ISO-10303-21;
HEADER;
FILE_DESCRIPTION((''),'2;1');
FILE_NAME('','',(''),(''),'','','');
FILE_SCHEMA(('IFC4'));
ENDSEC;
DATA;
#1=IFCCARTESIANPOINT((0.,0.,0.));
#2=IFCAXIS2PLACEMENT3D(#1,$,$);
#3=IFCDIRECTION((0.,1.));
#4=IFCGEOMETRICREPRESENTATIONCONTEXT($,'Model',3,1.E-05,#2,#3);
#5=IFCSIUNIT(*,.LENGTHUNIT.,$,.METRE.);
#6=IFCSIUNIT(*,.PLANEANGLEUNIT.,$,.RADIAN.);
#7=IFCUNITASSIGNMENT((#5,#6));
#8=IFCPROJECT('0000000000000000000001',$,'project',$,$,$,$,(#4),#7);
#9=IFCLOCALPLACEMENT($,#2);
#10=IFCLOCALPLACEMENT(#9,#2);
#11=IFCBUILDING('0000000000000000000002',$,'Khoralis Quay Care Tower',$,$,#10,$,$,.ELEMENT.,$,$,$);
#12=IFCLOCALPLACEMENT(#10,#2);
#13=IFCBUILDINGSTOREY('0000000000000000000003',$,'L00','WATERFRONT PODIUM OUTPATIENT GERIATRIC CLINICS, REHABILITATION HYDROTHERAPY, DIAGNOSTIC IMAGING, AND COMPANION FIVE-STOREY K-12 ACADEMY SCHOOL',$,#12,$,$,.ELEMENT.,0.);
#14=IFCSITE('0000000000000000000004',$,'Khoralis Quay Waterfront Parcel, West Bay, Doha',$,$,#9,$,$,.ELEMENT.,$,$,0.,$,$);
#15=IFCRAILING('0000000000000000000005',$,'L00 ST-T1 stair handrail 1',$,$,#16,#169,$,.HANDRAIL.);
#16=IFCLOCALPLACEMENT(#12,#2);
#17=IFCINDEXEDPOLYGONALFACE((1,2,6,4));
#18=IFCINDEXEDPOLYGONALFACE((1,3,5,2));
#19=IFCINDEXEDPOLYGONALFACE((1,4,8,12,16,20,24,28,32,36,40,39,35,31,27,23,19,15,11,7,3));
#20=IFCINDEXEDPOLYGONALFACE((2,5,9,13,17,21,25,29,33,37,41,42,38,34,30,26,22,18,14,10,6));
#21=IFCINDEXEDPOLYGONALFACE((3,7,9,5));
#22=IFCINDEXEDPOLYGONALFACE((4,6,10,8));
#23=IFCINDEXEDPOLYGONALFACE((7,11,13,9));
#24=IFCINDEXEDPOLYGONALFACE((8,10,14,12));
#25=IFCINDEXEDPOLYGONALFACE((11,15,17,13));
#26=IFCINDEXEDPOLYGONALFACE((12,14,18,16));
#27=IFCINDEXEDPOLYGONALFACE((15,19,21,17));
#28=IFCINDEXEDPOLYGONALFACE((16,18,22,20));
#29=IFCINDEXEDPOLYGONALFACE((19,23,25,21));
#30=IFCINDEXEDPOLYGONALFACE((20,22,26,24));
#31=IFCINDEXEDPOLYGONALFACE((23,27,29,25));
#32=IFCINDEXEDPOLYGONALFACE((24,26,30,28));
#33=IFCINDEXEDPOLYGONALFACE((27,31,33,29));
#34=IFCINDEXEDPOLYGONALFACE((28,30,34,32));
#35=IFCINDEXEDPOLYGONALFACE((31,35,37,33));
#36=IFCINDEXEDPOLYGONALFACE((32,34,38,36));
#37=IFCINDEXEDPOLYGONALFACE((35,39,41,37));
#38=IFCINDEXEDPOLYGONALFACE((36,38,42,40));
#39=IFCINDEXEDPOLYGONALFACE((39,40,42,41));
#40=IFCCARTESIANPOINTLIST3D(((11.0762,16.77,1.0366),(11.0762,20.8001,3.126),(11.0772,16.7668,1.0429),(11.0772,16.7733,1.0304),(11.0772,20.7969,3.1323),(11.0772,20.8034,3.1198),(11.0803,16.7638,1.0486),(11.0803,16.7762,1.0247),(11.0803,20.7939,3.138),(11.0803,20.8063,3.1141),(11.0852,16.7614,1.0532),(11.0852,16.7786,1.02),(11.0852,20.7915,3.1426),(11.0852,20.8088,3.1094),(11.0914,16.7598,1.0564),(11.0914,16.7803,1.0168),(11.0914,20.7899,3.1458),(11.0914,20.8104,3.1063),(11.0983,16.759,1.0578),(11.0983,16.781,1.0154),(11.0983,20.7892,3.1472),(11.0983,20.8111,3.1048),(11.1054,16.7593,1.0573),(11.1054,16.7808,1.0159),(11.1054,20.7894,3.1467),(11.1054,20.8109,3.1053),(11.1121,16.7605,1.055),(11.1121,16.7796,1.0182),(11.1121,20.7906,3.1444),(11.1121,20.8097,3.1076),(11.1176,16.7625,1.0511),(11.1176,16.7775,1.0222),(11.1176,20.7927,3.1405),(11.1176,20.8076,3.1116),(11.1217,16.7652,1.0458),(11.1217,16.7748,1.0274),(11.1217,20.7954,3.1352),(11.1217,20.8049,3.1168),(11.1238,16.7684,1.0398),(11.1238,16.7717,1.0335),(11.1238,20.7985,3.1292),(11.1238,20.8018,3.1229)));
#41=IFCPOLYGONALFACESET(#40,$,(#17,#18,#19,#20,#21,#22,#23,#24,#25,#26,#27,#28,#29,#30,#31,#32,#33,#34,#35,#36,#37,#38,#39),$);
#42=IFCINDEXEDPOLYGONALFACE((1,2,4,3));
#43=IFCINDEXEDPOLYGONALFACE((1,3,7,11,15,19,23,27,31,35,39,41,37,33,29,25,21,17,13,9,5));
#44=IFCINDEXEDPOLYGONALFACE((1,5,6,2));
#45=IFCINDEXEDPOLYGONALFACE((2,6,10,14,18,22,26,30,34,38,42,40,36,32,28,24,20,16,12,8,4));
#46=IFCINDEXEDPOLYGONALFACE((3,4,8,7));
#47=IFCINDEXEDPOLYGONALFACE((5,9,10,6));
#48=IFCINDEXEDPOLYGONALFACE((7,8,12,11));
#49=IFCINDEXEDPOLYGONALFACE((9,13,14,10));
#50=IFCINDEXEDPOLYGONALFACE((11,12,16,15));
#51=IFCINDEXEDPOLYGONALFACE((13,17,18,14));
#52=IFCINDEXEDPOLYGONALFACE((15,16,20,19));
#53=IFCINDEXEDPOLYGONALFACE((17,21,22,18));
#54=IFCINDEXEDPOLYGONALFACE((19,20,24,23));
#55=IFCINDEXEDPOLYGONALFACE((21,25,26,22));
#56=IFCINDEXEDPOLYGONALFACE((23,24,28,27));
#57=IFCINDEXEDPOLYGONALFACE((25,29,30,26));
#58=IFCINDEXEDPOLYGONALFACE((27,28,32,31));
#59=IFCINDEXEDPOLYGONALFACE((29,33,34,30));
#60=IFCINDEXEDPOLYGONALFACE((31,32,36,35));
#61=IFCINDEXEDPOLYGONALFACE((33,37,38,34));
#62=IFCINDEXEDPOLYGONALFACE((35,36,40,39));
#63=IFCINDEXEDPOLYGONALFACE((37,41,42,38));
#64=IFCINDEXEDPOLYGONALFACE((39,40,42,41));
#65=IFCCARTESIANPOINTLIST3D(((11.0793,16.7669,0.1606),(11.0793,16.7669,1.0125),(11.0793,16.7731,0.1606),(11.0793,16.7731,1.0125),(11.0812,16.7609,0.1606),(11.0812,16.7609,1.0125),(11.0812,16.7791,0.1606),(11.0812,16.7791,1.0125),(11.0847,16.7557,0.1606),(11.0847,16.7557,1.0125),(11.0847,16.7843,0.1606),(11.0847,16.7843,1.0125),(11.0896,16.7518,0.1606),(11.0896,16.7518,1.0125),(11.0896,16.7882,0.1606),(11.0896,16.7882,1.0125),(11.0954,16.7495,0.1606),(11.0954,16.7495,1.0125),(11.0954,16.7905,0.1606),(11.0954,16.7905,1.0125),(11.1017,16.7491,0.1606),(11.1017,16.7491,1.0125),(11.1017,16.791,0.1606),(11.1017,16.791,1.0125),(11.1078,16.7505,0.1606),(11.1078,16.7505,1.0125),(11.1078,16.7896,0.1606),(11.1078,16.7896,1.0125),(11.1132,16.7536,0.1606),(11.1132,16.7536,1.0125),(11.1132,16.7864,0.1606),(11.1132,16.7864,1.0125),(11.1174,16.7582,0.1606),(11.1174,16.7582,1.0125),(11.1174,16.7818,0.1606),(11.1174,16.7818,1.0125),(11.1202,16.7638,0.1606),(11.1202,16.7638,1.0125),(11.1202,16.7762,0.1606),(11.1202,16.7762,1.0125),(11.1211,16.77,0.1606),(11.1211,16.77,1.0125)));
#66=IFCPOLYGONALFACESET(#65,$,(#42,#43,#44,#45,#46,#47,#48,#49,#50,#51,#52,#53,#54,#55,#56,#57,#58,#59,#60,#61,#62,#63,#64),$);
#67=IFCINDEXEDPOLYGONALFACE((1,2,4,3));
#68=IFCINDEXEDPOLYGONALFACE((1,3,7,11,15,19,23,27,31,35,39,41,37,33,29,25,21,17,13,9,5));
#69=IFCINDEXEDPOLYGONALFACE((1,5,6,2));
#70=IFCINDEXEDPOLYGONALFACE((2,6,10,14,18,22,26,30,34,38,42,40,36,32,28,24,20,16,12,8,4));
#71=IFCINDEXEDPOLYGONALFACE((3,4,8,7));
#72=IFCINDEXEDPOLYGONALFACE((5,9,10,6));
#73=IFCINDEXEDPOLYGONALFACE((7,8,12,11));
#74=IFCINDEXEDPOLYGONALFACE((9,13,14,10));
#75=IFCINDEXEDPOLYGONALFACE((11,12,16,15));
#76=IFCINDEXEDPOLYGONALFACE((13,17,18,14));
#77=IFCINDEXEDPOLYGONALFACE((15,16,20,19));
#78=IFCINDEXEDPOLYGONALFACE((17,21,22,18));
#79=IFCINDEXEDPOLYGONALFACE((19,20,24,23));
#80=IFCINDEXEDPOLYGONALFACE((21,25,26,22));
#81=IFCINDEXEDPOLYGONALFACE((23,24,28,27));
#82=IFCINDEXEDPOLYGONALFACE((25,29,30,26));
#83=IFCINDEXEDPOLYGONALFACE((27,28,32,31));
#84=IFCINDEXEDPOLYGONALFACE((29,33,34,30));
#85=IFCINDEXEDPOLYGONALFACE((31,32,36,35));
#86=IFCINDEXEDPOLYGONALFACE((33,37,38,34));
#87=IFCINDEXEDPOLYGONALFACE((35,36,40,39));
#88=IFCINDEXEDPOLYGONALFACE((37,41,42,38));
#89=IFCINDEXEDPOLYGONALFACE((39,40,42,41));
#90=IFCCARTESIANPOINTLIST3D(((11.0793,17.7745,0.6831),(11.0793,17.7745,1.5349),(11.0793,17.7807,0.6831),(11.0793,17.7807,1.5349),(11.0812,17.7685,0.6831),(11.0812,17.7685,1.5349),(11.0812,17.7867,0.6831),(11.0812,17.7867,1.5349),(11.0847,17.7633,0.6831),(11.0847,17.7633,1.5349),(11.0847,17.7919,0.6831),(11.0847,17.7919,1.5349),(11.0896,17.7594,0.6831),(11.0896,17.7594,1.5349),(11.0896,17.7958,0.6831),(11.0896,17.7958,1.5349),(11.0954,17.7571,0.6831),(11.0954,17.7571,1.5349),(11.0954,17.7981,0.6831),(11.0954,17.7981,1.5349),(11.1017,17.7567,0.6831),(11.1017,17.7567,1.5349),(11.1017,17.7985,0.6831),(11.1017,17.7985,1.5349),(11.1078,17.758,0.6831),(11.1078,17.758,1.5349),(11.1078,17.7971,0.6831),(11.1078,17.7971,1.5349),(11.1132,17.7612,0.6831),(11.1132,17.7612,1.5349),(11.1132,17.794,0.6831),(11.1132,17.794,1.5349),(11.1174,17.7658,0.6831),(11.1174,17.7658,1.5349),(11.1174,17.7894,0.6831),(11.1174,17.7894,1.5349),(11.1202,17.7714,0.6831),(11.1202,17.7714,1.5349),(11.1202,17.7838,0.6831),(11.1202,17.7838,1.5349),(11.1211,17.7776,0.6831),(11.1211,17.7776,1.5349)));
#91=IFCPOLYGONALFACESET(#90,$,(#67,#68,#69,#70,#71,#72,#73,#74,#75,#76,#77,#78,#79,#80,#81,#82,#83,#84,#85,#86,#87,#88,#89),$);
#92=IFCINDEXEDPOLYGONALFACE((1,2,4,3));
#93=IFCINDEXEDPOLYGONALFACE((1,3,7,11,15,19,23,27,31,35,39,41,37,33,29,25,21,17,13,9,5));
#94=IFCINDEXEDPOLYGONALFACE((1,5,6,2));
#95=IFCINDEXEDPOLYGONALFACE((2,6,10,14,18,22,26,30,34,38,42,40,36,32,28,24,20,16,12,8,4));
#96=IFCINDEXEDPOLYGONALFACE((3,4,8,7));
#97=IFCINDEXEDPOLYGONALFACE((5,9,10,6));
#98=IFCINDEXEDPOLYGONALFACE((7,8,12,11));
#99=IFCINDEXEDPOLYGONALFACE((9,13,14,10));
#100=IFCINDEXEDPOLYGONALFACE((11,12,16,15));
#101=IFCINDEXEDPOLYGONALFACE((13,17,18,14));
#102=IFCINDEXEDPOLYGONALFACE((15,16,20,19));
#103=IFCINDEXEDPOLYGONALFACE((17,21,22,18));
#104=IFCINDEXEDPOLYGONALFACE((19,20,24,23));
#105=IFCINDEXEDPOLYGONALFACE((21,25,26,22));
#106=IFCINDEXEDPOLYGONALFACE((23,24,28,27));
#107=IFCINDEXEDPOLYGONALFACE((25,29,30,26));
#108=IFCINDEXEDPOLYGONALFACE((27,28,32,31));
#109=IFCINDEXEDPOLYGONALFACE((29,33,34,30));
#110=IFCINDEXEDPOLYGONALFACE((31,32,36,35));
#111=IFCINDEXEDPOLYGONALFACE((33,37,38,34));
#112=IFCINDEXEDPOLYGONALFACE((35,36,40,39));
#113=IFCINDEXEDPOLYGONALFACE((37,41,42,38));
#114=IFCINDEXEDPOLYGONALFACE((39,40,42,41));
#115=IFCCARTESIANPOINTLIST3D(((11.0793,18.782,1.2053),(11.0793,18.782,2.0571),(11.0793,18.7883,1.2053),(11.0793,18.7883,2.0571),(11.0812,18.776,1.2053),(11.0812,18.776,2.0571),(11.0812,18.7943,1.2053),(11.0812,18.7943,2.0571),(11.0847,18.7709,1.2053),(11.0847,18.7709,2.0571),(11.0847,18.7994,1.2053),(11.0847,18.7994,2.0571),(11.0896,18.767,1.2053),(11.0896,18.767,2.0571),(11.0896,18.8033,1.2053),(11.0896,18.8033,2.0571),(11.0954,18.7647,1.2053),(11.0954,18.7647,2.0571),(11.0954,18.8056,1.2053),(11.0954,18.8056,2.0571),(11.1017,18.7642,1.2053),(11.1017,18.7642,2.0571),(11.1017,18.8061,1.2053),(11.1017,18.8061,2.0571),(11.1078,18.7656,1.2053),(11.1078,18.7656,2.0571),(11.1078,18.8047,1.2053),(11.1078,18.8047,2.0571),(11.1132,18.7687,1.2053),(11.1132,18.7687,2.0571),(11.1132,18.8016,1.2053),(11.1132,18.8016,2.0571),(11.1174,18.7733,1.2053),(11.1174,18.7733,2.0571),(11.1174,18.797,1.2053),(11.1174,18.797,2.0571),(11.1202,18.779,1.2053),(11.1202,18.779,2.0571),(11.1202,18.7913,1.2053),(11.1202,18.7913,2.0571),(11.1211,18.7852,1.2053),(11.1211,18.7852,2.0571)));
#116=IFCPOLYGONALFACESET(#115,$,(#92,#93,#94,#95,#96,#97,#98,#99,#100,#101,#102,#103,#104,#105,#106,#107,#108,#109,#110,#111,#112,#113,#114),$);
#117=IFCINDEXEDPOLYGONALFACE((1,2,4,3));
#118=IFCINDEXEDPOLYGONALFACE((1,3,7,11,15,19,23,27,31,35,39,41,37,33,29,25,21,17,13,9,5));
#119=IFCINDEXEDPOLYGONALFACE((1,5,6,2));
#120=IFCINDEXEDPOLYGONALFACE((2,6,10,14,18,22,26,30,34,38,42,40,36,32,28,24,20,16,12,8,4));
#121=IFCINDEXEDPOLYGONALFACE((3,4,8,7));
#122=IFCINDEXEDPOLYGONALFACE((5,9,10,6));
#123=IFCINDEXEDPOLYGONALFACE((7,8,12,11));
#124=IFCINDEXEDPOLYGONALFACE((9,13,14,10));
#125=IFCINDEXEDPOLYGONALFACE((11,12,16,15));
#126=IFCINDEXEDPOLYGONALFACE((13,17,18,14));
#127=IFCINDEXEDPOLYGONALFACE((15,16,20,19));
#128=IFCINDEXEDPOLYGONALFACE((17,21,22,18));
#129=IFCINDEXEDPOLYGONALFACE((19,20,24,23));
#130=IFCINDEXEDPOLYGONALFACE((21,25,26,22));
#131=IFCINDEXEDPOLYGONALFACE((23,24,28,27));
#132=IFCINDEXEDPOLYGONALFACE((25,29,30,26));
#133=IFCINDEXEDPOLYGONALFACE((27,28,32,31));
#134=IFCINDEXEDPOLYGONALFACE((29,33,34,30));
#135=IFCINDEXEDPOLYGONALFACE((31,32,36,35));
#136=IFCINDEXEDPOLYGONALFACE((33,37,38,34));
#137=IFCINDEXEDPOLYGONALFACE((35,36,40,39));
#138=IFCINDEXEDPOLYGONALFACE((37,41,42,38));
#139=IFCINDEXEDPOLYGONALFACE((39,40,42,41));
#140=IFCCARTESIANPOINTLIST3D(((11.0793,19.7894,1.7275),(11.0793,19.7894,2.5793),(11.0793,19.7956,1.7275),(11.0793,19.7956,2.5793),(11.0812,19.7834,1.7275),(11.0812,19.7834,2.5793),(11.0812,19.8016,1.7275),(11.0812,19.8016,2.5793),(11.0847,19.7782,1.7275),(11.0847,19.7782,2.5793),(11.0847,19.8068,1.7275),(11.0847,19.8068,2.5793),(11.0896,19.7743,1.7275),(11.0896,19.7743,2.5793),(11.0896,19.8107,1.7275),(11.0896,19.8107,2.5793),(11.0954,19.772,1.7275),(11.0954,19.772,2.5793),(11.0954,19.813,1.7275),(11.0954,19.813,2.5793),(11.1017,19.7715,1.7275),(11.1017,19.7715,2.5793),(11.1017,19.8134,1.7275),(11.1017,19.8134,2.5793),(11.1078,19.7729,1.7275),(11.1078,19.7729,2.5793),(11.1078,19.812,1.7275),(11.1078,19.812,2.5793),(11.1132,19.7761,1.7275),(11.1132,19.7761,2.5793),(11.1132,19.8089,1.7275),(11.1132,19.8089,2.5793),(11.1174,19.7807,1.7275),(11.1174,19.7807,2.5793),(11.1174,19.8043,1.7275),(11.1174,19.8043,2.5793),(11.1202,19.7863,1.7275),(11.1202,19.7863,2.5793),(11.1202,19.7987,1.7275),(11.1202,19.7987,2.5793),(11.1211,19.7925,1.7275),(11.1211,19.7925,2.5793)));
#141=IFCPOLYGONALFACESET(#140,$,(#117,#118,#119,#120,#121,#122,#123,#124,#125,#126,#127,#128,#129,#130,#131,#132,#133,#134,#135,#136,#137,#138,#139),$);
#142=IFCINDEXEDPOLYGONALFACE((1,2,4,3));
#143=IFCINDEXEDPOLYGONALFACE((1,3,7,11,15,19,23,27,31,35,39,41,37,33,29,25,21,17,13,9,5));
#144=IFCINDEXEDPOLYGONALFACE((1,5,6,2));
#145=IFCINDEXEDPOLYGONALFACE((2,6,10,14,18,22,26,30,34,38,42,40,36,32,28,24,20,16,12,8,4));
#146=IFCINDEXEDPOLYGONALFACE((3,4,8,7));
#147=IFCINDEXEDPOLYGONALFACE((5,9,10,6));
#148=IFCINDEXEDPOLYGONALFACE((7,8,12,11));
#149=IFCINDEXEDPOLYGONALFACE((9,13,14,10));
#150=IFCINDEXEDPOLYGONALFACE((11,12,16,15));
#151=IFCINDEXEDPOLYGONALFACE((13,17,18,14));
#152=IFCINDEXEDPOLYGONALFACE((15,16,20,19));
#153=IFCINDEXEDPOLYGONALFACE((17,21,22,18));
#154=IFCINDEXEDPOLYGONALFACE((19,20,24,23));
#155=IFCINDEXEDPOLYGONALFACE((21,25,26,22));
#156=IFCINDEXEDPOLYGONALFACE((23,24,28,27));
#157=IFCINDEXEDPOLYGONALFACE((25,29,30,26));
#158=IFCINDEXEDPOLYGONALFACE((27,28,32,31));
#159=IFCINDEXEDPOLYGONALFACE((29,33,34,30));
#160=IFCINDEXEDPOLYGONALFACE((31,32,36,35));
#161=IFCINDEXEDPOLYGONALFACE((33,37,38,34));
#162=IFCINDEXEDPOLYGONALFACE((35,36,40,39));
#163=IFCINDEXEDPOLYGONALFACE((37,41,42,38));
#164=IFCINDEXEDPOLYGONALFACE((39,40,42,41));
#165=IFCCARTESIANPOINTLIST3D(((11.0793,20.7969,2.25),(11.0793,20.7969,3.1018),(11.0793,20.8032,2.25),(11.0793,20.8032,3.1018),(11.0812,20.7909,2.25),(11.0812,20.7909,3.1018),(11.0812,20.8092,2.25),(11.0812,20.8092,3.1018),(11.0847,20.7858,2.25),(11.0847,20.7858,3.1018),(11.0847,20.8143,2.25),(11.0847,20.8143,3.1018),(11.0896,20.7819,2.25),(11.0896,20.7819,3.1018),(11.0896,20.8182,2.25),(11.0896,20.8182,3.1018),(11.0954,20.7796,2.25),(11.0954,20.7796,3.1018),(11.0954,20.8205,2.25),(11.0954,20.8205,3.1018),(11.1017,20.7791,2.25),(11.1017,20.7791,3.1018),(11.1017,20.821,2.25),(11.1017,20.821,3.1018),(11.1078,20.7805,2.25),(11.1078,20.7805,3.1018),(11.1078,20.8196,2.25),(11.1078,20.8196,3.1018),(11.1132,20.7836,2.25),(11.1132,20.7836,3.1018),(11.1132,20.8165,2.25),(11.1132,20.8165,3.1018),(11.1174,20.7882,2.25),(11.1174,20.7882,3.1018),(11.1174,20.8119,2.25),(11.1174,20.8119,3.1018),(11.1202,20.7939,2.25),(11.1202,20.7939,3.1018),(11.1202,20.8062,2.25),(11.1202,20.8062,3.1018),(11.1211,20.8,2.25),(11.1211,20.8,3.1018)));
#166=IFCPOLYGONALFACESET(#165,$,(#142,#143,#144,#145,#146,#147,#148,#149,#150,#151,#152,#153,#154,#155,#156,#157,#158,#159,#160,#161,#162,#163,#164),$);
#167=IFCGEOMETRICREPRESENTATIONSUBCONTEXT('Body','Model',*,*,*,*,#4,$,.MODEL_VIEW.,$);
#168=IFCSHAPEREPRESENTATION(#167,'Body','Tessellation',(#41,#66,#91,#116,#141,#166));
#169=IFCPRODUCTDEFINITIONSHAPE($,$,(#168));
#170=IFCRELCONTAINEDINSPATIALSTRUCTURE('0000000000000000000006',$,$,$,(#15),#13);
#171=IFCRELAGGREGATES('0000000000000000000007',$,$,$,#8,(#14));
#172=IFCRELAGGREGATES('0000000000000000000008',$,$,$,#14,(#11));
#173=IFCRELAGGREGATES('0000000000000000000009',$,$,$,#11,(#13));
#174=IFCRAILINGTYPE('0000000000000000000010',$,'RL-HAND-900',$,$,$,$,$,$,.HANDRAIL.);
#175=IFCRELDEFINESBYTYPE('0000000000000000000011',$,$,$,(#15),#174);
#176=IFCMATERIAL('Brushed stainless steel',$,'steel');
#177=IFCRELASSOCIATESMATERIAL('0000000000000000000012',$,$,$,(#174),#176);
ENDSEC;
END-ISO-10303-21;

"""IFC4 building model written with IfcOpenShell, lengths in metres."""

from ifc_helpers import new_model, si_unit, direction, frame, origin, origin_2d, place, context, subcontext, project, spatial, circle, extrude, material, type_object, element, save


model = new_model("IFC4")

# Units and contexts
model_context = context("Model", 3, precision=1e-05, world=origin(), true_north=direction((0.0, 1.0)))
body_context = subcontext(model_context, "Body", "Model", "MODEL_VIEW")
ifc_project = project(units=[si_unit("LENGTHUNIT", "METRE"), si_unit("PLANEANGLEUNIT", "RADIAN")], contexts=[model_context])

# Site, building, storey
site_placement = place(None, origin())
site = spatial("IfcSite", under=ifc_project, at=site_placement, Name="Khoralis Quay Waterfront Parcel, West Bay, Doha", CompositionType="ELEMENT", RefElevation=0.0)
building_placement = place(site_placement, origin())
building = spatial("IfcBuilding", under=site, at=building_placement, Name="Khoralis Quay Care Tower", CompositionType="ELEMENT")
storey_placement = place(building_placement, origin())
storey = spatial("IfcBuildingStorey", under=building, at=storey_placement, Name="L00", Description="WATERFRONT PODIUM OUTPATIENT GERIATRIC CLINICS, REHABILITATION HYDROTHERAPY, DIAGNOSTIC IMAGING, AND COMPANION FIVE-STOREY K-12 ACADEMY SCHOOL", CompositionType="ELEMENT", Elevation=0.0)

# Railing
ifc_material_1 = material(Name="Brushed stainless steel", Category="steel")
railing_type_1 = type_object("IfcRailingType", Name="RL-HAND-900", PredefinedType="HANDRAIL", material=ifc_material_1)
railing_1_placement = place(storey_placement, frame((11.1001, 16.77, 0.1606)))
element("IfcRailing", 1, at=railing_1_placement, inside=storey, type_object=railing_type_1, Name="L00 ST-T1 stair handrail 1", PredefinedType="HANDRAIL", context=body_context, shape_type="SweptSolid", body=[
    extrude(circle(Radius=0.0239, at=origin_2d()), frame((0.0, 0.0, 0.876), z_axis=(0.0, 0.887781, 0.460267), x_axis=(-1.0, 0.0, 0.0)), (0.0, 0.0, 1.0), 4.5396),
    extrude(circle(Radius=0.021, at=origin_2d()), origin(), (0.0, 0.0, 1.0), 0.8518),
    extrude(circle(Radius=0.021, at=origin_2d()), frame((0.0, 1.0076, 0.5225)), (0.0, 0.0, 1.0), 0.8518),
    extrude(circle(Radius=0.021, at=origin_2d()), frame((0.0, 2.0151, 1.0447)), (0.0, 0.0, 1.0), 0.8518),
    extrude(circle(Radius=0.021, at=origin_2d()), frame((0.0, 3.0225, 1.5669)), (0.0, 0.0, 1.0), 0.8518),
    extrude(circle(Radius=0.021, at=origin_2d()), frame((0.0, 4.03, 2.0894)), (0.0, 0.0, 1.0), 0.8518),
])

save(model, "model.ifc")
